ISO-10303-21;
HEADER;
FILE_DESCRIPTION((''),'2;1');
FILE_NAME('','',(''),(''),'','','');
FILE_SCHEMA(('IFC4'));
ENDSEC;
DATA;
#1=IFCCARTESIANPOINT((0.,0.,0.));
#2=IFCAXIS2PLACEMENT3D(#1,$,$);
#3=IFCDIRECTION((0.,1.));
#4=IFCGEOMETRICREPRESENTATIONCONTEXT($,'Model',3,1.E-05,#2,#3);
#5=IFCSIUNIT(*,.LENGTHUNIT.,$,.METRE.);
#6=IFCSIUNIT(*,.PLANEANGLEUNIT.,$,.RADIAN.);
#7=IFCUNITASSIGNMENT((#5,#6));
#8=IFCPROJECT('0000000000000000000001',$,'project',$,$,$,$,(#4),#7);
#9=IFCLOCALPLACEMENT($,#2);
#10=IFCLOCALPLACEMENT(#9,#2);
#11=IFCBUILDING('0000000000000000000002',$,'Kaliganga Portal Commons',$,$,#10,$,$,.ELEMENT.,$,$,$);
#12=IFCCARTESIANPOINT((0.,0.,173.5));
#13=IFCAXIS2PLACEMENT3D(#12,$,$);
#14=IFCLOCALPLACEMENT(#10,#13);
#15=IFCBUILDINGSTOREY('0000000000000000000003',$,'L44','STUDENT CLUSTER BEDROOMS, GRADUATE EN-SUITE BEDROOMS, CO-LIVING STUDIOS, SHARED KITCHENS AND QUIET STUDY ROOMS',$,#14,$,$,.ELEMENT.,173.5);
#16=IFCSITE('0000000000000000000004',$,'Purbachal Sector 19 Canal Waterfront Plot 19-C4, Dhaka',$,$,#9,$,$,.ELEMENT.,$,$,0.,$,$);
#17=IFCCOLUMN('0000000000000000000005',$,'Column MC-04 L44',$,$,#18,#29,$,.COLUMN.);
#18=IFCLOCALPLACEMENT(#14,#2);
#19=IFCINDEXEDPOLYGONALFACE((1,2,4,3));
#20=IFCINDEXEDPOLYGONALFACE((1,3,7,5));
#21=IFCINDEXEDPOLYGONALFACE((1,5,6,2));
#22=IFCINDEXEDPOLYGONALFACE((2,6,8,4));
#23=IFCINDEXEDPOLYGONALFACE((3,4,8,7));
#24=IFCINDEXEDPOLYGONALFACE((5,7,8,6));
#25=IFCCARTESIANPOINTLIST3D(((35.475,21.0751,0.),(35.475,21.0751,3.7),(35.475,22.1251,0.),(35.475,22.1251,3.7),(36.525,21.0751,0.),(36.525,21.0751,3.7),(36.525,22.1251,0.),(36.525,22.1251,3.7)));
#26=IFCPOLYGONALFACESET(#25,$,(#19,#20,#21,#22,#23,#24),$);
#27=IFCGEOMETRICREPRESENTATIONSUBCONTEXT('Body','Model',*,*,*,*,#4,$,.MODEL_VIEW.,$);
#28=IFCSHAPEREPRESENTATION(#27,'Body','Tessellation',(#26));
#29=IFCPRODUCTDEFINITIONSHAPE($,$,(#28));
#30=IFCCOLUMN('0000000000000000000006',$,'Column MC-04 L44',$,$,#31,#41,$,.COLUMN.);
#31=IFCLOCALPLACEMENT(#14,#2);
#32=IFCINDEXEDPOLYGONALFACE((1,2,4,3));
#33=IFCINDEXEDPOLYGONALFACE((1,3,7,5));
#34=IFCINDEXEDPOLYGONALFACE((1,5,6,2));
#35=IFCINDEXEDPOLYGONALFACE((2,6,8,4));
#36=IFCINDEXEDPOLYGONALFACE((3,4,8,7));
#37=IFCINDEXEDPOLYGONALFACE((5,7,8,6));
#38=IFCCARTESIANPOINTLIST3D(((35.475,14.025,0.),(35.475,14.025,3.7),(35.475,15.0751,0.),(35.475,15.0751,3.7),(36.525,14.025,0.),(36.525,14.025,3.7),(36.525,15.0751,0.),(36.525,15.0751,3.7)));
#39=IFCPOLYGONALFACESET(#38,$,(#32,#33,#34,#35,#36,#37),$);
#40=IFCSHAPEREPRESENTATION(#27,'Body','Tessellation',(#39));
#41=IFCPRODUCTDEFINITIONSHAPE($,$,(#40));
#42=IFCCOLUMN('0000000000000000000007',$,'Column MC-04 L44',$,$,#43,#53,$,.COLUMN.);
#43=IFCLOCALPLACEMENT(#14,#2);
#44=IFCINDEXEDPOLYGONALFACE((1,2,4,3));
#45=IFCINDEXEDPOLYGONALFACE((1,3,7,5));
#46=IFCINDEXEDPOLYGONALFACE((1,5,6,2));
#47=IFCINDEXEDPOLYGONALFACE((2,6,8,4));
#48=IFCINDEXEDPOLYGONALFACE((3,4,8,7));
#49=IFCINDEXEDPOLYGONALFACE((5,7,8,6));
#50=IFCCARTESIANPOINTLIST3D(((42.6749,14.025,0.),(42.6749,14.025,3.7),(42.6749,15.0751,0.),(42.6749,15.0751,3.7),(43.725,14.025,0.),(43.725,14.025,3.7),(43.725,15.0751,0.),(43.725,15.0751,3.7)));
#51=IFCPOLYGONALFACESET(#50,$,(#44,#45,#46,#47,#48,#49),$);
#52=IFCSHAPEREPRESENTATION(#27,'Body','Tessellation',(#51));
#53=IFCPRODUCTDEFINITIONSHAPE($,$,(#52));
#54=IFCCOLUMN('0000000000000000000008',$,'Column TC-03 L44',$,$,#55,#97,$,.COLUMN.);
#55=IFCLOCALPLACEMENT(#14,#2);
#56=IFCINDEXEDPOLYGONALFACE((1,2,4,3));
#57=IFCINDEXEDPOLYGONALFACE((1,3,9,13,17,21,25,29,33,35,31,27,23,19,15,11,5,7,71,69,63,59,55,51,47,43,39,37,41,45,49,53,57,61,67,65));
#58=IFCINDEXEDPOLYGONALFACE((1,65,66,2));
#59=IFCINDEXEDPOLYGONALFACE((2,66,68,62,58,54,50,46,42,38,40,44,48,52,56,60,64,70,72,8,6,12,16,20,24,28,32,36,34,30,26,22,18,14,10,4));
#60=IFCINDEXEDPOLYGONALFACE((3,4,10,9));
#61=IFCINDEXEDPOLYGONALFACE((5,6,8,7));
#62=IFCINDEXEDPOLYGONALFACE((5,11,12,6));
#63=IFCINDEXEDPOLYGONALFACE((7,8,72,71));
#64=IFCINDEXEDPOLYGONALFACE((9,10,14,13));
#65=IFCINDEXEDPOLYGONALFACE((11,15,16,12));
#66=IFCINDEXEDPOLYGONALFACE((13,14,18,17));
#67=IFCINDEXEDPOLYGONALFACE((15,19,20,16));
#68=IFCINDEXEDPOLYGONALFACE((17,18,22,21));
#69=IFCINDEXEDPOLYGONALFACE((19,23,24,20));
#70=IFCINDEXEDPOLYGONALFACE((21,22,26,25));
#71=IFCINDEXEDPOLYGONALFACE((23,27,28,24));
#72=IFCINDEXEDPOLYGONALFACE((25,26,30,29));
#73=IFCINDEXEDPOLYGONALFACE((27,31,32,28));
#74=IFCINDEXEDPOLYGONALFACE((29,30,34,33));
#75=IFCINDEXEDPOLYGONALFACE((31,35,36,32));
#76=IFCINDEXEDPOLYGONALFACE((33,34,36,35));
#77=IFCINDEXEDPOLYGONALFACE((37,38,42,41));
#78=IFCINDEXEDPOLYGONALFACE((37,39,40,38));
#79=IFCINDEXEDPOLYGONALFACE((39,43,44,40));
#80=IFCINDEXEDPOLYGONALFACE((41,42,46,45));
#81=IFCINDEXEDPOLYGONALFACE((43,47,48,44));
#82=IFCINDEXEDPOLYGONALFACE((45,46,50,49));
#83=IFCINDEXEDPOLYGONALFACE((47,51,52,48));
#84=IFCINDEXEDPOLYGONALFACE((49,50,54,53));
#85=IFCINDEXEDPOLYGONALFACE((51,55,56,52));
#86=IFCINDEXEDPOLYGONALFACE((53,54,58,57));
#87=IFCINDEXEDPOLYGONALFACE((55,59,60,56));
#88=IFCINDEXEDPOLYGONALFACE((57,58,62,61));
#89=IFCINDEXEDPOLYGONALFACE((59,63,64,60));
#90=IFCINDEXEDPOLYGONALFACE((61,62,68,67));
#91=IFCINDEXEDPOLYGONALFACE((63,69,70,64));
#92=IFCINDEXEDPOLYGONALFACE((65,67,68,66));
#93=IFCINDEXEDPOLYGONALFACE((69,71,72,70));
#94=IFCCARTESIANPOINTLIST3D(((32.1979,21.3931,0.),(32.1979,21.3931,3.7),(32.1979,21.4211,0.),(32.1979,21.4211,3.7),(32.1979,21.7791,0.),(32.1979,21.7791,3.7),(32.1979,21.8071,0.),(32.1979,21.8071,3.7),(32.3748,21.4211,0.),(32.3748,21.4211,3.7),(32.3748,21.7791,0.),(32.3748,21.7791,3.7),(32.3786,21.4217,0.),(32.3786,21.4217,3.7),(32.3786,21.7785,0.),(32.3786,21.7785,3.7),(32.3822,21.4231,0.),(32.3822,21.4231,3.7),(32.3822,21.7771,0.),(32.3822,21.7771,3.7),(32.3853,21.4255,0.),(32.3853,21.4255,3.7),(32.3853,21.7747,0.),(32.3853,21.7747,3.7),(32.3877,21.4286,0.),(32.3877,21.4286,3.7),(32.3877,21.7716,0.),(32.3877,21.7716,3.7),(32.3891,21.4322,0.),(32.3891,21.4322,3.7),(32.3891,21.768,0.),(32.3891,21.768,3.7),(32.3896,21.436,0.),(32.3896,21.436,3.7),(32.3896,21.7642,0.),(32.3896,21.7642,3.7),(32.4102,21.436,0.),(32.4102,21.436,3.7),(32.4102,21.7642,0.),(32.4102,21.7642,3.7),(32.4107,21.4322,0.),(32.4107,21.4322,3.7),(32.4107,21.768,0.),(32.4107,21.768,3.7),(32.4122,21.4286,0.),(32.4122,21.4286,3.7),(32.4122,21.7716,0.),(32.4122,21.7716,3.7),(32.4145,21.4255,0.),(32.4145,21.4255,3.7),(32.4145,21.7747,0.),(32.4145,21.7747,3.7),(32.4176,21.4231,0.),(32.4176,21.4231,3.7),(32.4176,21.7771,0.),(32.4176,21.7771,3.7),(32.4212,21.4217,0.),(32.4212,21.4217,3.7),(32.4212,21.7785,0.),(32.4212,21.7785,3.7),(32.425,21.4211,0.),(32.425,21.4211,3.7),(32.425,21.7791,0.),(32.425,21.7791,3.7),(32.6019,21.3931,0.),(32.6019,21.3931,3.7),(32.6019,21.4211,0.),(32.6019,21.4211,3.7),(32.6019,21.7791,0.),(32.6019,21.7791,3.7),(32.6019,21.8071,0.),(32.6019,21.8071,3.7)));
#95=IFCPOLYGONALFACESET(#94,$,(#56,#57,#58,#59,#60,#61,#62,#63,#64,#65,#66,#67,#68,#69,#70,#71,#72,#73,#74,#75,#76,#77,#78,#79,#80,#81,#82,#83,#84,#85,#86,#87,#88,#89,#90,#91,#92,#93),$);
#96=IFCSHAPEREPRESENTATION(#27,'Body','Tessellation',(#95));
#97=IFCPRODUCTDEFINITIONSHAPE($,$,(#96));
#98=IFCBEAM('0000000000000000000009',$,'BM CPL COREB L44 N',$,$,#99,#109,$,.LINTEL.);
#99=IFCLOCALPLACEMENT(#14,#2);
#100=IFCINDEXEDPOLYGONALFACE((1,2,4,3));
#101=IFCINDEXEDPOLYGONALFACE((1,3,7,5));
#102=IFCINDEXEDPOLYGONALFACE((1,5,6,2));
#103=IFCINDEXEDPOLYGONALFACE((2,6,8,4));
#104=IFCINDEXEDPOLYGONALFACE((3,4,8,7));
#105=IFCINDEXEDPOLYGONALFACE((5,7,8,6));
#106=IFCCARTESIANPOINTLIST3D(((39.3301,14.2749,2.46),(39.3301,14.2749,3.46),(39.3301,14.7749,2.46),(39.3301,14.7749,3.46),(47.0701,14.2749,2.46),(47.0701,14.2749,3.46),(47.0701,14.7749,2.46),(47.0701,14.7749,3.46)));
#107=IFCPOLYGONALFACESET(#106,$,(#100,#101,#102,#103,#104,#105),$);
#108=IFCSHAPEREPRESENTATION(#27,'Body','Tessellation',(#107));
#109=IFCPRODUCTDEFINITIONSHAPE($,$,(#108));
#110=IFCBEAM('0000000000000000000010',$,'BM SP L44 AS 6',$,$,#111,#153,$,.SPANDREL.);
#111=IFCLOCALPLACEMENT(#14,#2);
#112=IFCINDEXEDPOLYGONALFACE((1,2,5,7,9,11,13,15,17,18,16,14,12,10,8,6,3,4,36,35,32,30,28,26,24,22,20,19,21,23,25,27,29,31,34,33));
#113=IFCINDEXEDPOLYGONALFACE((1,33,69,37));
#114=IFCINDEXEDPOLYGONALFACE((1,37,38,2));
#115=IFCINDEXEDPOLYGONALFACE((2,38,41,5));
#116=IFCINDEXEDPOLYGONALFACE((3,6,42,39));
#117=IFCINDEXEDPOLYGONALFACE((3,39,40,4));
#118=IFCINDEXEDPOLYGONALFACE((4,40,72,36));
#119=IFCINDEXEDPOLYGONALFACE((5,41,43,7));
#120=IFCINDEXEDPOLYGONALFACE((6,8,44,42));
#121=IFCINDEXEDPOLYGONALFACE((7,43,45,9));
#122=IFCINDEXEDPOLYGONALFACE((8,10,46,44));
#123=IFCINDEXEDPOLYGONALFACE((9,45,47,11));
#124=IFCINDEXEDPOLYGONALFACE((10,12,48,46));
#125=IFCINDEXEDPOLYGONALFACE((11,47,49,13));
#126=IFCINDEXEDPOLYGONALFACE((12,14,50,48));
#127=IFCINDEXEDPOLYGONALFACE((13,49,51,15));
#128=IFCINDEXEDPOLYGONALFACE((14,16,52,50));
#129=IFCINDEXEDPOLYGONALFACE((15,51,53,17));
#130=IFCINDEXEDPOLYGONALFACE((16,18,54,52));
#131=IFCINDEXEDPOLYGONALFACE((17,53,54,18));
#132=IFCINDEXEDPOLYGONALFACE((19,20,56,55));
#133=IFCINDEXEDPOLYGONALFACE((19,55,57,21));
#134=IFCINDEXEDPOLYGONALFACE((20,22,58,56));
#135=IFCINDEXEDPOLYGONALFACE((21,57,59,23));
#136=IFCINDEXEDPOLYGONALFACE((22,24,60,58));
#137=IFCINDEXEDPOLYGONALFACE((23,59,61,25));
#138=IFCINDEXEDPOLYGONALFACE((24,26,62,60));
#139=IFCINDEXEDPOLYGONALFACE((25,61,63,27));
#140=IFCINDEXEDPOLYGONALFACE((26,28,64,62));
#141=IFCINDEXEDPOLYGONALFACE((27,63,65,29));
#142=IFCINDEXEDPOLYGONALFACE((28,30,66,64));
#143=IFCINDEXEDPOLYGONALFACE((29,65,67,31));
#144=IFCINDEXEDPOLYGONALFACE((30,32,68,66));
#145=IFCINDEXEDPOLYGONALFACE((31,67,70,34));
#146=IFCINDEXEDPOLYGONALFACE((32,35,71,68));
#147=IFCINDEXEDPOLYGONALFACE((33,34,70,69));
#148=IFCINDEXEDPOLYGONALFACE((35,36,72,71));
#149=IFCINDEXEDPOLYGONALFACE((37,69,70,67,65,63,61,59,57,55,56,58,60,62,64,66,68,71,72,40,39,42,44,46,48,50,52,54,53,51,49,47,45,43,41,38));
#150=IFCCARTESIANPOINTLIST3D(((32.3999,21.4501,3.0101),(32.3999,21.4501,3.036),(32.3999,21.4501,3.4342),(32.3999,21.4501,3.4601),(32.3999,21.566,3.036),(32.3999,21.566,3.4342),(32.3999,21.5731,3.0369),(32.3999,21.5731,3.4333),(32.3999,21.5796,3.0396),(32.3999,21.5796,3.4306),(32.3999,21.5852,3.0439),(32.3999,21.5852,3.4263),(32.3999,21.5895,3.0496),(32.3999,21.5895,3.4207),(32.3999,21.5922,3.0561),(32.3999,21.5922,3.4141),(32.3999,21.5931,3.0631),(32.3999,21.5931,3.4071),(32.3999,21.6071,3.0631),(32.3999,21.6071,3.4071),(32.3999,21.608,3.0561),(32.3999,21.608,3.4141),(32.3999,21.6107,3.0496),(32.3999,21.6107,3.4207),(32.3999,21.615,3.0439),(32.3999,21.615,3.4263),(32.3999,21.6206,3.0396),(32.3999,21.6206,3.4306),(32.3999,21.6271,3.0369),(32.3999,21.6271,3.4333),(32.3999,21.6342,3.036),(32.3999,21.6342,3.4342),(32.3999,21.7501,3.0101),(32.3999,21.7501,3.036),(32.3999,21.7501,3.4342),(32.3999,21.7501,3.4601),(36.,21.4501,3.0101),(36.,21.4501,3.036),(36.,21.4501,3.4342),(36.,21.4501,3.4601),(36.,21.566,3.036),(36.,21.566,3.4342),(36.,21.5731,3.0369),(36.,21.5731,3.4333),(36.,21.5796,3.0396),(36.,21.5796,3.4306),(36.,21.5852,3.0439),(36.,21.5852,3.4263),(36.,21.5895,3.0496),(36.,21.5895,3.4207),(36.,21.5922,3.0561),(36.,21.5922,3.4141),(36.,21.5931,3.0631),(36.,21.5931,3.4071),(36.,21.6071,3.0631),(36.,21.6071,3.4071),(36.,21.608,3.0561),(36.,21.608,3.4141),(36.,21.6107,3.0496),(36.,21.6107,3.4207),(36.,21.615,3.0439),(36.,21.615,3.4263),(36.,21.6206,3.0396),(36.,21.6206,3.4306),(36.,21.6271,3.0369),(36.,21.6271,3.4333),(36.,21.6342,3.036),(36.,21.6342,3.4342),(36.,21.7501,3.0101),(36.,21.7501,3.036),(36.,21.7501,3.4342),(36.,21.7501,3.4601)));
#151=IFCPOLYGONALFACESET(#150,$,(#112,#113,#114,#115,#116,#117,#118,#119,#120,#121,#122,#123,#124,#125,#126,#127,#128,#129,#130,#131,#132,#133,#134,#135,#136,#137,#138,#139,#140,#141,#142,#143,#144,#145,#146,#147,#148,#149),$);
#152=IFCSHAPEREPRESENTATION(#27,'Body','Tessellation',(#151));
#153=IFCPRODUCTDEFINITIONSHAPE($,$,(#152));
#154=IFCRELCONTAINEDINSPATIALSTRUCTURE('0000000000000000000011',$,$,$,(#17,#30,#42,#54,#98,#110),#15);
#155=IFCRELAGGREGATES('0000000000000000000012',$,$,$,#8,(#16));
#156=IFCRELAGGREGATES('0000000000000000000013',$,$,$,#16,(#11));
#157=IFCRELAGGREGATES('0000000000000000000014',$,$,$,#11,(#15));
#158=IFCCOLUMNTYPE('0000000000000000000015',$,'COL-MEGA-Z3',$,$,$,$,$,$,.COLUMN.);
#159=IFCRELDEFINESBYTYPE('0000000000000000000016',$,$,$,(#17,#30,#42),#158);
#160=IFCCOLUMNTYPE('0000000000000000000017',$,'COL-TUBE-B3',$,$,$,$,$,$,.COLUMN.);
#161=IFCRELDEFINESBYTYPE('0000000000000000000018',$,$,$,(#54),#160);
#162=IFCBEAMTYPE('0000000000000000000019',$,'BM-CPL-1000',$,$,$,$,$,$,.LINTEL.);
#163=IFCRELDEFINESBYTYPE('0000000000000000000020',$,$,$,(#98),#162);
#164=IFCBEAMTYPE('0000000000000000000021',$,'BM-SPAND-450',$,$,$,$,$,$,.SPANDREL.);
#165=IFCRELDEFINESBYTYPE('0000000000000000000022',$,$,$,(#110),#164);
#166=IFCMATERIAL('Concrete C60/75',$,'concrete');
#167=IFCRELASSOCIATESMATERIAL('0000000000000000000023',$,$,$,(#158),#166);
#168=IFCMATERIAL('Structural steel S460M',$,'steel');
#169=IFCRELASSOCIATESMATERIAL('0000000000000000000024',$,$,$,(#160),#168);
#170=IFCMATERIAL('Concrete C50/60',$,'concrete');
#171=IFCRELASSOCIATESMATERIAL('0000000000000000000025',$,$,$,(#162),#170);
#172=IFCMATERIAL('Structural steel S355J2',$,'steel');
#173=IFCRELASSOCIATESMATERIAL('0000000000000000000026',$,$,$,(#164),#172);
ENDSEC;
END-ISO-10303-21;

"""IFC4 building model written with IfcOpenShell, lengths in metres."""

from ifc_helpers import new_model, si_unit, direction, frame, origin, origin_2d, place, context, subcontext, project, spatial, rectangle, i_section, extrude, source, transform, mapped, material, material_profile, profile_set, type_object, element, save


model = new_model("IFC4")

# Units and contexts
model_context = context("Model", 3, precision=1e-05, world=origin(), true_north=direction((0.0, 1.0)))
body_context = subcontext(model_context, "Body", "Model", "MODEL_VIEW")
ifc_project = project(units=[si_unit("LENGTHUNIT", "METRE"), si_unit("PLANEANGLEUNIT", "RADIAN")], contexts=[model_context])

# Site, building, storey
site_placement = place(None, origin())
site = spatial("IfcSite", under=ifc_project, at=site_placement, Name="Purbachal Sector 19 Canal Waterfront Plot 19-C4, Dhaka", CompositionType="ELEMENT", RefElevation=0.0)
building_placement = place(site_placement, origin())
building = spatial("IfcBuilding", under=site, at=building_placement, Name="Kaliganga Portal Commons", CompositionType="ELEMENT")
storey_placement = place(building_placement, frame((0.0, 0.0, 173.5)))
storey = spatial("IfcBuildingStorey", under=building, at=storey_placement, Name="L44", Description="STUDENT CLUSTER BEDROOMS, GRADUATE EN-SUITE BEDROOMS, CO-LIVING STUDIOS, SHARED KITCHENS AND QUIET STUDY ROOMS", CompositionType="ELEMENT", Elevation=173.5)

# Columns
ifc_material_1 = material(Name="Concrete C60/75", Category="concrete")
ifc_material_profile_1 = material_profile(ifc_material_1, rectangle(XDim=1.05, YDim=1.05, at=origin_2d()), Name="RC 1050x1050")
ifc_profile_set_1 = profile_set([ifc_material_profile_1], Name="Concrete C60/75")
column_type_1 = type_object("IfcColumnType", Name="COL-MEGA-Z3", PredefinedType="COLUMN", material=ifc_profile_set_1)
shared_shape_1 = source(origin(), body_context, "Body", "SweptSolid", [
    extrude(rectangle(XDim=1.05, YDim=1.05, at=origin_2d()), origin(), (0.0, 0.0, 1.0), 3.7),
])
for number, where, z_axis, x_axis, name in (
    (1, (36.0, 21.6001, 0.0), (0.0, 0.0, 1.0), (1.0, 0.0, 0.0), "Column MC-04 L44"),
    (2, (36.0, 14.55, 0.0), (0.0, 0.0, 1.0), (1.0, 0.0, 0.0), "Column MC-04 L44"),
    (3, (43.2, 14.55, 0.0), (0.0, 0.0, 1.0), (1.0, 0.0, 0.0), "Column MC-04 L44"),
):
    element("IfcColumn", number, at=place(storey_placement, frame(where, z_axis=z_axis, x_axis=x_axis)), inside=storey, type_object=column_type_1, Name=name, PredefinedType="COLUMN", context=body_context, shape_type="MappedRepresentation", body=[
        mapped(shared_shape_1, transform((0.0, 0.0, 0.0), x_axis=(1.0, 0.0, 0.0), y_axis=(0.0, 1.0, 0.0), z_axis=(0.0, 0.0, 1.0), scale=1.0)),
    ])
ifc_material_2 = material(Name="Structural steel S460M", Category="steel")
ifc_material_profile_2 = material_profile(ifc_material_2, i_section(OverallWidth=0.4041, OverallDepth=0.4141, WebThickness=0.0205, FlangeThickness=0.0281, FilletRadius=0.0149, at=origin_2d()), Name="HD 400x347")
ifc_profile_set_2 = profile_set([ifc_material_profile_2], Name="Structural steel S460M wide-flange")
column_type_2 = type_object("IfcColumnType", Name="COL-TUBE-B3", PredefinedType="COLUMN", material=ifc_profile_set_2)
shared_shape_2 = source(origin(), body_context, "Body", "SweptSolid", [
    extrude(i_section(OverallWidth=0.4041, OverallDepth=0.4141, WebThickness=0.0205, FlangeThickness=0.0281, FilletRadius=0.0149, at=origin_2d()), origin(), (0.0, 0.0, 1.0), 3.7),
])
column_placement = place(storey_placement, frame((32.3999, 21.6001, 0.0), z_axis=(0.0, 0.0, 1.0), x_axis=(1.0, 0.0, 0.0)))
element("IfcColumn", 4, at=column_placement, inside=storey, type_object=column_type_2, Name="Column TC-03 L44", PredefinedType="COLUMN", context=body_context, shape_type="MappedRepresentation", body=[
    mapped(shared_shape_2, transform((0.0, 0.0, 0.0), x_axis=(1.0, 0.0, 0.0), y_axis=(0.0, 1.0, 0.0), z_axis=(0.0, 0.0, 1.0), scale=1.0)),
])

# Beams
ifc_material_3 = material(Name="Concrete C50/60", Category="concrete")
ifc_material_profile_3 = material_profile(ifc_material_3, rectangle(XDim=0.5, YDim=1.0, at=origin_2d()), Name="RC 500x1000")
ifc_profile_set_3 = profile_set([ifc_material_profile_3], Name="Concrete C50/60")
beam_type_1 = type_object("IfcBeamType", Name="BM-CPL-1000", PredefinedType="LINTEL", material=ifc_profile_set_3)
shared_shape_3 = source(origin(), body_context, "Body", "SweptSolid", [
    extrude(rectangle(XDim=0.5, YDim=1.0, at=origin_2d()), origin(), (0.0, 0.0, 1.0), 7.74),
])
beam_1_placement = place(storey_placement, frame((39.3301, 14.5249, 2.96), z_axis=(1.0, 0.0, 0.0), x_axis=(0.0, 1.0, 0.0)))
element("IfcBeam", 5, at=beam_1_placement, inside=storey, type_object=beam_type_1, Name="BM CPL COREB L44 N", PredefinedType="LINTEL", context=body_context, shape_type="MappedRepresentation", body=[
    mapped(shared_shape_3, transform((0.0, 0.0, 0.0), x_axis=(1.0, 0.0, 0.0), y_axis=(0.0, 1.0, 0.0), z_axis=(0.0, 0.0, 1.0), scale=1.0)),
])
ifc_material_4 = material(Name="Structural steel S355J2", Category="steel")
ifc_material_profile_4 = material_profile(ifc_material_4, i_section(OverallWidth=0.3, OverallDepth=0.45, WebThickness=0.0139, FlangeThickness=0.0259, FilletRadius=0.0271, at=origin_2d()), Name="HE 450 B")
ifc_profile_set_4 = profile_set([ifc_material_profile_4], Name="Structural steel S355J2 wide-flange")
beam_type_2 = type_object("IfcBeamType", Name="BM-SPAND-450", PredefinedType="SPANDREL", material=ifc_profile_set_4)
shared_shape_4 = source(origin(), body_context, "Body", "SweptSolid", [
    extrude(i_section(OverallWidth=0.3, OverallDepth=0.45, WebThickness=0.0139, FlangeThickness=0.0259, FilletRadius=0.0271, at=origin_2d()), origin(), (0.0, 0.0, 1.0), 3.6001),
])
beam_2_placement = place(storey_placement, frame((32.3999, 21.6001, 3.2351), z_axis=(1.0, 0.0, 0.0), x_axis=(0.0, 1.0, 0.0)))
element("IfcBeam", 6, at=beam_2_placement, inside=storey, type_object=beam_type_2, Name="BM SP L44 AS 6", PredefinedType="SPANDREL", context=body_context, shape_type="MappedRepresentation", body=[
    mapped(shared_shape_4, transform((0.0, 0.0, 0.0), x_axis=(1.0, 0.0, 0.0), y_axis=(0.0, 1.0, 0.0), z_axis=(0.0, 0.0, 1.0), scale=1.0)),
])

save(model, "model.ifc")
